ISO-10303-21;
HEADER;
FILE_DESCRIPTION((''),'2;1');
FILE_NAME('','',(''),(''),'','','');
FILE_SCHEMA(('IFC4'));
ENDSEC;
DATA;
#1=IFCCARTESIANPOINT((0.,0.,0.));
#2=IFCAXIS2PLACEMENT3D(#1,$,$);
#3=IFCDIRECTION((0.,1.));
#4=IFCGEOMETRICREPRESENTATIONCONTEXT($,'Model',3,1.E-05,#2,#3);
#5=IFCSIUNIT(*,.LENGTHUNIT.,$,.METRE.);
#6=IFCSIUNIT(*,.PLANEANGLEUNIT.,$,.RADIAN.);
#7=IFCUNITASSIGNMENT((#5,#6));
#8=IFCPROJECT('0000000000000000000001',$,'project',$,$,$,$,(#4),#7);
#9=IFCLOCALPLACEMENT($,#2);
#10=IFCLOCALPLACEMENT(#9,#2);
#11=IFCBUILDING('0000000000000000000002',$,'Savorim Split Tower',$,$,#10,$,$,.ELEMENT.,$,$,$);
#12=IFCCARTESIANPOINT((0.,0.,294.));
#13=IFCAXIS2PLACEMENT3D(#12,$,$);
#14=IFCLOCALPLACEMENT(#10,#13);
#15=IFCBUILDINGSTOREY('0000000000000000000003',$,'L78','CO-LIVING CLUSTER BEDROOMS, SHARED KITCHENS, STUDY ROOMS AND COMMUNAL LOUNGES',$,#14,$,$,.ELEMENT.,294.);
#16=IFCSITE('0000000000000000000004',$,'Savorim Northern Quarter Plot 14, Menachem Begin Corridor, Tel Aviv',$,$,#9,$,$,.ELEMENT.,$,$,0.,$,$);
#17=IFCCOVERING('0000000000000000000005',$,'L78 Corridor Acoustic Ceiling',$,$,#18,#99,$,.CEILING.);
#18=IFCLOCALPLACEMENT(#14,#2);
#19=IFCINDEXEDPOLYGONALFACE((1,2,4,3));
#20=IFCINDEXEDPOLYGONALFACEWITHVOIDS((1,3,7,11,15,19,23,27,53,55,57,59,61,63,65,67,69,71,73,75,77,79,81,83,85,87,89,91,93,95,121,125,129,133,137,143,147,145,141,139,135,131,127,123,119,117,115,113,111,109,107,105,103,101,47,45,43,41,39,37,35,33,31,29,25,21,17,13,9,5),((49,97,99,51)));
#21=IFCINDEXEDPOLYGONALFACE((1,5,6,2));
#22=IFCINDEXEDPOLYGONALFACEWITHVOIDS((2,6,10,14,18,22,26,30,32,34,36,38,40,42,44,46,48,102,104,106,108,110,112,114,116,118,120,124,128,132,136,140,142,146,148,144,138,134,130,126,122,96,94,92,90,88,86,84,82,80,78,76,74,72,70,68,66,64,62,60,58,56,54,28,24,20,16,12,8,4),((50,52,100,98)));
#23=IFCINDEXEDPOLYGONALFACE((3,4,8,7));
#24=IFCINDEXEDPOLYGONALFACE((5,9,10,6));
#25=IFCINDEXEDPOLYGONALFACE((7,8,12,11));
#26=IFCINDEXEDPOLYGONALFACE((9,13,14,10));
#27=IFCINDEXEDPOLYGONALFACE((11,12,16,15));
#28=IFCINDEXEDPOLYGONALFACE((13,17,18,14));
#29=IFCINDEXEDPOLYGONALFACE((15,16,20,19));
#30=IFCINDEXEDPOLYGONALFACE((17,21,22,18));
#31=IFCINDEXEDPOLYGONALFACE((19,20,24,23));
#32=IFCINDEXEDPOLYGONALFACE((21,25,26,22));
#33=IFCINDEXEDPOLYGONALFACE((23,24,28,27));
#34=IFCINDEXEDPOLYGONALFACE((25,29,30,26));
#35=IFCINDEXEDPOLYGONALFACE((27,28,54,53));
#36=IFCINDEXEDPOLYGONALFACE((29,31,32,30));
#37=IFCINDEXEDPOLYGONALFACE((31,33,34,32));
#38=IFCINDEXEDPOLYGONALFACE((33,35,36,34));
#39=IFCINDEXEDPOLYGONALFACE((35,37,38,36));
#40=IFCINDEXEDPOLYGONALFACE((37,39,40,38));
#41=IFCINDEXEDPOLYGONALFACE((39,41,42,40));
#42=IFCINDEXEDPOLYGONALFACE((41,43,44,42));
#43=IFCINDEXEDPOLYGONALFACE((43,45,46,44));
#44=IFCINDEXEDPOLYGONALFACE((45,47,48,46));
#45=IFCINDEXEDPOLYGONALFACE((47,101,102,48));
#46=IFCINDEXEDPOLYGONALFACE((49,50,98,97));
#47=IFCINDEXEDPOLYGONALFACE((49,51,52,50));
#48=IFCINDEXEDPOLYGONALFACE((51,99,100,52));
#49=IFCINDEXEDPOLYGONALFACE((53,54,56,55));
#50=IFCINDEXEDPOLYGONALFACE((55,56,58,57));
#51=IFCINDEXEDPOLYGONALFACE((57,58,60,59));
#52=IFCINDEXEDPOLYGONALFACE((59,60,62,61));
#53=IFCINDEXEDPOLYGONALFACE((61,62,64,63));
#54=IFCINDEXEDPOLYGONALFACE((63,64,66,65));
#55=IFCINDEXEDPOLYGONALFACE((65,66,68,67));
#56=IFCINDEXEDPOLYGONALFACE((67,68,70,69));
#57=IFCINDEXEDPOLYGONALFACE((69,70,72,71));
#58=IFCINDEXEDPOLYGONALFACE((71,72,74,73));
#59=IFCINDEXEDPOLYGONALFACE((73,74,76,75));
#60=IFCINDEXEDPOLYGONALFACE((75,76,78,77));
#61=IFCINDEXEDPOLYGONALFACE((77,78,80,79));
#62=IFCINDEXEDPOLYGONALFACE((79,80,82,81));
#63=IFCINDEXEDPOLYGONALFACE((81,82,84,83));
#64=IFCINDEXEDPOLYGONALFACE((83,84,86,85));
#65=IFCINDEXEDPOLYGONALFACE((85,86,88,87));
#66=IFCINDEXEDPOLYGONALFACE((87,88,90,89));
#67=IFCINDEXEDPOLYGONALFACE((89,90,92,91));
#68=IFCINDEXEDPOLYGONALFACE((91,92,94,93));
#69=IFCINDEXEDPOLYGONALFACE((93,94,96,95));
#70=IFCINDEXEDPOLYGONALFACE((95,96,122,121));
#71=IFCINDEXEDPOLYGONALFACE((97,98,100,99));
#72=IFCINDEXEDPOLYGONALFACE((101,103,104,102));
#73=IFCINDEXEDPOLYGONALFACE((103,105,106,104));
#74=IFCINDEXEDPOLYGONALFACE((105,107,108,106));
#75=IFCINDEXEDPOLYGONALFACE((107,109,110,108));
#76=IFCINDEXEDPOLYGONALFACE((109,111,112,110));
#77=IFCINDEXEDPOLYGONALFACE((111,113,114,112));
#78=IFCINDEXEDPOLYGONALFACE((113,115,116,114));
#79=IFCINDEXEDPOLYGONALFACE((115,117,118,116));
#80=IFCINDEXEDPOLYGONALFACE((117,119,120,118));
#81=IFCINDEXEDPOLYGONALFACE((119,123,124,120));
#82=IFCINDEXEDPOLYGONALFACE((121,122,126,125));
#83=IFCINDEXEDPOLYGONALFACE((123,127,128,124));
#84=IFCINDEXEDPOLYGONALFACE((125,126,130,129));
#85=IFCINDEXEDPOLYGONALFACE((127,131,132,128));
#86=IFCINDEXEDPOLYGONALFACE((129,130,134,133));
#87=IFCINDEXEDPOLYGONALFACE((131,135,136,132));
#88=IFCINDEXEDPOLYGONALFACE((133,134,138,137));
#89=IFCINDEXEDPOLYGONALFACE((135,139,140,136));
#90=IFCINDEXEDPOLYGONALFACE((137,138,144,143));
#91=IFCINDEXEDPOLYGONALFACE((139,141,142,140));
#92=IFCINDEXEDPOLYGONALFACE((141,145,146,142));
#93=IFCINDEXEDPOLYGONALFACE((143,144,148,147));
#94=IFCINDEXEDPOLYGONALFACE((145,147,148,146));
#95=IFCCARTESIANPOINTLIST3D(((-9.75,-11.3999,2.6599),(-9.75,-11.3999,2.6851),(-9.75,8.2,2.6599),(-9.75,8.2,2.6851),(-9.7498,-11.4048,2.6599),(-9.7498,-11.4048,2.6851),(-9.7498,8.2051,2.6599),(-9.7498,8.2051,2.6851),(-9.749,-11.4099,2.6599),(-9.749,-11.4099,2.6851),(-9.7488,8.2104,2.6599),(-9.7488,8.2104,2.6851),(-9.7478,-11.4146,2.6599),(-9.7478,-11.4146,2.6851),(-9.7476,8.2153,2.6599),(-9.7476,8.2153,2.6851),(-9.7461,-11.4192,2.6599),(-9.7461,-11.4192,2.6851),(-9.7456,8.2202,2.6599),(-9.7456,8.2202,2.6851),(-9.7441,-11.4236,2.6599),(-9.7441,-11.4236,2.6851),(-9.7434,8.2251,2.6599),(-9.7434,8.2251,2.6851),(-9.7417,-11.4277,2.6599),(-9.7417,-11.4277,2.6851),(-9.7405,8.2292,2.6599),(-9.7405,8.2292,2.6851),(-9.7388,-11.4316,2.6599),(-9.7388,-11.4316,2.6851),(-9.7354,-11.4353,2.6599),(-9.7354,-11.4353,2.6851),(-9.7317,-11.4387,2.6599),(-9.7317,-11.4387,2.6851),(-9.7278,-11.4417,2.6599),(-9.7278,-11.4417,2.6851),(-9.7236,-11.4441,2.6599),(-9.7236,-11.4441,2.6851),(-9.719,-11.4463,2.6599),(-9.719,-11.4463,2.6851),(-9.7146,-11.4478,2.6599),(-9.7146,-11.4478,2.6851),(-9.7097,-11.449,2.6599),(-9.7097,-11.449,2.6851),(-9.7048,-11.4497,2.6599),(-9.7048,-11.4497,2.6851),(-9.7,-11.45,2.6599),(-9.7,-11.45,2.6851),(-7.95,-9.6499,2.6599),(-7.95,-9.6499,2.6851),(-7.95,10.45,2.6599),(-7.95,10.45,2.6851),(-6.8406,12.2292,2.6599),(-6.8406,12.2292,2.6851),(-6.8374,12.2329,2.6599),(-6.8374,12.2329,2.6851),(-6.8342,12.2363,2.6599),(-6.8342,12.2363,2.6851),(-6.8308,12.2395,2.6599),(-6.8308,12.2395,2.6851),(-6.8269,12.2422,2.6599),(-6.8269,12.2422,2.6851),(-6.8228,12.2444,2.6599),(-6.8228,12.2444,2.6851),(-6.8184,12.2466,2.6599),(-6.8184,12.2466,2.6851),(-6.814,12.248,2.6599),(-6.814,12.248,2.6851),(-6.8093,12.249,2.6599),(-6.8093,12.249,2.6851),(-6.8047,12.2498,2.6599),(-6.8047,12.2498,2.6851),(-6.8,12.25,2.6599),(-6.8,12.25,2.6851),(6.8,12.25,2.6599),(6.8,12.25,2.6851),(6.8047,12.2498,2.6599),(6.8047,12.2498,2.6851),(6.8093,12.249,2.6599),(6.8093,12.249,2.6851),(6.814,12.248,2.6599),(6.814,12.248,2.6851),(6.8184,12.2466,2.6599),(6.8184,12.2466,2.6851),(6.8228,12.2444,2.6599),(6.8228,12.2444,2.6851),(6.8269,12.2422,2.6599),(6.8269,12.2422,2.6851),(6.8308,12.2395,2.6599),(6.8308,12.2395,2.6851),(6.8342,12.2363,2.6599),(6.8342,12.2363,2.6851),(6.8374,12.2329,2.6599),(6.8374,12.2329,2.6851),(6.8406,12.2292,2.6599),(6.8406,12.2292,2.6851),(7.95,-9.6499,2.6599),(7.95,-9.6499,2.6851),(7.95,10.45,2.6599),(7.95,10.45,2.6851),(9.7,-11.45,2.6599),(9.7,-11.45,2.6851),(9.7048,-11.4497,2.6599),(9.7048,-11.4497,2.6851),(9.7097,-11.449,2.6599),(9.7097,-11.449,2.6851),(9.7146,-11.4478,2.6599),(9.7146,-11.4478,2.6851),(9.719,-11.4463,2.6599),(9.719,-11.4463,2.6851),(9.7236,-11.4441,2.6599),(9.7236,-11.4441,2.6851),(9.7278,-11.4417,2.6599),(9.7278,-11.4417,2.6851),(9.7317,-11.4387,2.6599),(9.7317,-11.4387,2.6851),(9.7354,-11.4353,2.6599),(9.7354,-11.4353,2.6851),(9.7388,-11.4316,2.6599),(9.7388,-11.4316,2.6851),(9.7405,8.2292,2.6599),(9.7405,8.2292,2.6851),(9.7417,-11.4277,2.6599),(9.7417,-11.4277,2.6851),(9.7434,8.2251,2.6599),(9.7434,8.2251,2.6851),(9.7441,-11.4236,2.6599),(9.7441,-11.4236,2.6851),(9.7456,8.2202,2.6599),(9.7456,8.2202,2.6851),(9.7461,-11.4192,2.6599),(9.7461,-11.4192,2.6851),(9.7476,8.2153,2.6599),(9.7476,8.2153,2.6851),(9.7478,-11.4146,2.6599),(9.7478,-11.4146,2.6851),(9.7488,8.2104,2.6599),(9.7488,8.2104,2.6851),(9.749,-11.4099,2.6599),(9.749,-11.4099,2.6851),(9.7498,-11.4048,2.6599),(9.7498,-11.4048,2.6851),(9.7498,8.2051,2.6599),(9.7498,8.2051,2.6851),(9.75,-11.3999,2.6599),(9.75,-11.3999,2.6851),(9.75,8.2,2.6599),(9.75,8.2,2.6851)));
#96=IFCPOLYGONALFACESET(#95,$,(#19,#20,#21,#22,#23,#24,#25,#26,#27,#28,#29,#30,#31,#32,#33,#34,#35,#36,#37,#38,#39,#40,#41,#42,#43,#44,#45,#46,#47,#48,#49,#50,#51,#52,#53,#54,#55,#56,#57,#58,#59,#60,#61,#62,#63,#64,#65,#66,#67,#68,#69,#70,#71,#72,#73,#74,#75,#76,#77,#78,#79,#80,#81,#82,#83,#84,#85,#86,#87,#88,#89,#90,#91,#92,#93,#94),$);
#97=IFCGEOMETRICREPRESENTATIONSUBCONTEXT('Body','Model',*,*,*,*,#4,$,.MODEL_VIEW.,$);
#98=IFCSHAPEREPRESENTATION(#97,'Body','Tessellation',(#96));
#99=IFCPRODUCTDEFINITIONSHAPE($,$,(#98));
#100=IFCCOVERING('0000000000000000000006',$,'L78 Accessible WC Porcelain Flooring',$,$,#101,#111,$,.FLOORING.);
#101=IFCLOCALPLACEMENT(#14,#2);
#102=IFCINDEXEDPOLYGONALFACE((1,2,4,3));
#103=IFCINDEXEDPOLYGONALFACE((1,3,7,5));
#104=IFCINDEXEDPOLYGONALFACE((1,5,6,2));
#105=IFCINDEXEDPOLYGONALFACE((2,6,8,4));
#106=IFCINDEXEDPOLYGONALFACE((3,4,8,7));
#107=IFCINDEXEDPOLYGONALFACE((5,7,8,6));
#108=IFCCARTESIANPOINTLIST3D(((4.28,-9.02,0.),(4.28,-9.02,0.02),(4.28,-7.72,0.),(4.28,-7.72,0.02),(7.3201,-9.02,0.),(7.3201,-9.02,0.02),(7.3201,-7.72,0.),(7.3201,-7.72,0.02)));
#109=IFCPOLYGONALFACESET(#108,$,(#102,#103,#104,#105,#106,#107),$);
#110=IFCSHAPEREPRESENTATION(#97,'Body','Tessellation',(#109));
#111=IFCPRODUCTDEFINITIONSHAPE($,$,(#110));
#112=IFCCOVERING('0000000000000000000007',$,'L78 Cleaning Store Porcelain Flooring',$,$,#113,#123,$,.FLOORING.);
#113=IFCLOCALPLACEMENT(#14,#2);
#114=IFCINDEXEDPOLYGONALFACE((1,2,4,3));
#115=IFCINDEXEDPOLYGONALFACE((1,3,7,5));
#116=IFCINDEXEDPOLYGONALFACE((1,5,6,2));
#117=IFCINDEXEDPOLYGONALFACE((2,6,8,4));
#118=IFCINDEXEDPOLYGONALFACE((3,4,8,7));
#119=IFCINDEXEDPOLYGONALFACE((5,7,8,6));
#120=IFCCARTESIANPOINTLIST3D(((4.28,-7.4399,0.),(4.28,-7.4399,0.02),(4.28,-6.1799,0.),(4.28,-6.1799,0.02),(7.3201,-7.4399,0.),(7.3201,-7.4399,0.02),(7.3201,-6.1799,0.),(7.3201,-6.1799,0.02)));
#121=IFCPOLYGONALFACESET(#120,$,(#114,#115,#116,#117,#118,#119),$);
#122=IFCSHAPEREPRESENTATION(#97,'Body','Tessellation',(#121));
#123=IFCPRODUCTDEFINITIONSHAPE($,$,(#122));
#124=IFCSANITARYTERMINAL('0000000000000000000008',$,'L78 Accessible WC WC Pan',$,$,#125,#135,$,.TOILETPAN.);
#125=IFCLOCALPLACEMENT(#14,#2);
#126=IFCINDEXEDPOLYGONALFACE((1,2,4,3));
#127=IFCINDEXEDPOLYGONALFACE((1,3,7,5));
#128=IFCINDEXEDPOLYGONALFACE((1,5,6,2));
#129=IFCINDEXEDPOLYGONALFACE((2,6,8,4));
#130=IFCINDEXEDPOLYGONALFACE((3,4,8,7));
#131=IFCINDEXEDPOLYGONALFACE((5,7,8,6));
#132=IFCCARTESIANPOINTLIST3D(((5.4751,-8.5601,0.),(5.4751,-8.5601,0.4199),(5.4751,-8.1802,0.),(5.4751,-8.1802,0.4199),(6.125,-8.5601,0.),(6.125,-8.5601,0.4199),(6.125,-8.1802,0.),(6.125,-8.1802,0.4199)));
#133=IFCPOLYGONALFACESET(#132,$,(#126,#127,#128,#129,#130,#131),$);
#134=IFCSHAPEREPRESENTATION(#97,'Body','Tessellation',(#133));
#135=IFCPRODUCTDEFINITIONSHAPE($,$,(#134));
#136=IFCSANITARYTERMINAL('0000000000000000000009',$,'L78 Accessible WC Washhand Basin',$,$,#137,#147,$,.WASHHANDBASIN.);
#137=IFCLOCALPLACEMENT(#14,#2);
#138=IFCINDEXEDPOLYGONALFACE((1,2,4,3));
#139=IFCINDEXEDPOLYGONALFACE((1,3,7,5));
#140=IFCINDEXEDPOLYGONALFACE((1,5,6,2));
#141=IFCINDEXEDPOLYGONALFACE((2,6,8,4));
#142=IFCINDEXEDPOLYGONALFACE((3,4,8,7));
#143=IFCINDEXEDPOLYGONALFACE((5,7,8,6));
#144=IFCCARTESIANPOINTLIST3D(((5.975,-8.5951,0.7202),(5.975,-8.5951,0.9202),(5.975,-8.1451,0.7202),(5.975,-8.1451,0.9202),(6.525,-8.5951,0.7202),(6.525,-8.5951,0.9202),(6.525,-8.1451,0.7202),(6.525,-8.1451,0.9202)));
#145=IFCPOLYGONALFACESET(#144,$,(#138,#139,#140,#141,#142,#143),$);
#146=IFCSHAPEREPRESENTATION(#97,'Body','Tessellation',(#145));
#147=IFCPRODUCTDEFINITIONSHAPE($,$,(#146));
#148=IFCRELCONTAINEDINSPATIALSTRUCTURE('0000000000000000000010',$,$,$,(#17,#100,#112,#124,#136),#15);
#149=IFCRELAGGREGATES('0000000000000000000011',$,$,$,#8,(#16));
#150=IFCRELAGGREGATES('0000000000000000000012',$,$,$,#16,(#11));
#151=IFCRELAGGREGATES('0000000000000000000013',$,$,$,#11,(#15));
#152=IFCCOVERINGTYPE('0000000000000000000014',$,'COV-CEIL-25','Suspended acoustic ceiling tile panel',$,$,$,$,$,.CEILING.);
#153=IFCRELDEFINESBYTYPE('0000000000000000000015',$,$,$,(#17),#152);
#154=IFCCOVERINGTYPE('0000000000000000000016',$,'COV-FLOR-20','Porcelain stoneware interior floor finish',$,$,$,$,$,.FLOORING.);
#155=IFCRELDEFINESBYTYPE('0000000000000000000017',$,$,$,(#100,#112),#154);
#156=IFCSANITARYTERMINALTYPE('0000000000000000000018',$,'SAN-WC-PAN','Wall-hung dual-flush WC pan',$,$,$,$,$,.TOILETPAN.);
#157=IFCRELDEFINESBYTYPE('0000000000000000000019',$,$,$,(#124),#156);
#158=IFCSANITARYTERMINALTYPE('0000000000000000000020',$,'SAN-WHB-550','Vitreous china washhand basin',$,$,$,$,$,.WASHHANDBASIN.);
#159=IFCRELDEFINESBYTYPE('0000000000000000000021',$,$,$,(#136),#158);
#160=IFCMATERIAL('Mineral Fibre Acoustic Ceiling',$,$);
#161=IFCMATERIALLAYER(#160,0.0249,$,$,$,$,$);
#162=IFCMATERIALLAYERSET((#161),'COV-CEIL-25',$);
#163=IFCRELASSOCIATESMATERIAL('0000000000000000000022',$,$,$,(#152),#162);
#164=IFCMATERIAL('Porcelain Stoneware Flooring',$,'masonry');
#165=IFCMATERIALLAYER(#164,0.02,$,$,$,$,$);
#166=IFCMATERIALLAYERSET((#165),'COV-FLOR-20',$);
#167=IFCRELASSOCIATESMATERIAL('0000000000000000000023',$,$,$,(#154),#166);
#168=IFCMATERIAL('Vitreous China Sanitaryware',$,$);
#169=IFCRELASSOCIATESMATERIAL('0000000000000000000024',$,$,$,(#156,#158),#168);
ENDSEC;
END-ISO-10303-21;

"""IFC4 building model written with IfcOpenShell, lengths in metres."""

from ifc_helpers import new_model, si_unit, direction, frame, origin, origin_2d, place, context, subcontext, project, spatial, polyline, rectangle, outline, extrude, material, layer, layer_set, type_object, element, save


model = new_model("IFC4")

# Units and contexts
model_context = context("Model", 3, precision=1e-05, world=origin(), true_north=direction((0.0, 1.0)))
body_context = subcontext(model_context, "Body", "Model", "MODEL_VIEW")
ifc_project = project(units=[si_unit("LENGTHUNIT", "METRE"), si_unit("PLANEANGLEUNIT", "RADIAN")], contexts=[model_context])

# Site, building, storey
site_placement = place(None, origin())
site = spatial("IfcSite", under=ifc_project, at=site_placement, Name="Savorim Northern Quarter Plot 14, Menachem Begin Corridor, Tel Aviv", CompositionType="ELEMENT", RefElevation=0.0)
building_placement = place(site_placement, origin())
building = spatial("IfcBuilding", under=site, at=building_placement, Name="Savorim Split Tower", CompositionType="ELEMENT")
storey_placement = place(building_placement, frame((0.0, 0.0, 294.0)))
storey = spatial("IfcBuildingStorey", under=building, at=storey_placement, Name="L78", Description="CO-LIVING CLUSTER BEDROOMS, SHARED KITCHENS, STUDY ROOMS AND COMMUNAL LOUNGES", CompositionType="ELEMENT", Elevation=294.0)

# Coverings
ifc_material_1 = material(Name="Mineral Fibre Acoustic Ceiling")
ifc_layer_1 = layer(ifc_material_1, 0.0249)
ifc_layer_set_1 = layer_set([ifc_layer_1], Name="COV-CEIL-25")
covering_type_1 = type_object("IfcCoveringType", Name="COV-CEIL-25", Description="Suspended acoustic ceiling tile panel", PredefinedType="CEILING", material=ifc_layer_set_1)
covering_1_placement = place(storey_placement, frame((0.0, 0.0, 2.6599)))
element("IfcCovering", 1, at=covering_1_placement, inside=storey, type_object=covering_type_1, Name="L78 Corridor Acoustic Ceiling", PredefinedType="CEILING", context=body_context, shape_type="SweptSolid", body=[
    extrude(outline(polyline([(6.8093, 12.249), (6.8047, 12.2498), (6.8, 12.25), (-6.8, 12.25), (-6.8047, 12.2498), (-6.8093, 12.249), (-6.814, 12.248), (-6.8184, 12.2466), (-6.8228, 12.2444), (-6.8269, 12.2422), (-6.8308, 12.2395), (-6.8342, 12.2363), (-6.8374, 12.2329), (-6.8406, 12.2292), (-9.7405, 8.2292), (-9.7434, 8.2251), (-9.7456, 8.2202), (-9.7476, 8.2153), (-9.7488, 8.2104), (-9.7498, 8.2051), (-9.75, 8.2), (-9.75, -11.3999), (-9.7498, -11.4048), (-9.749, -11.4099), (-9.7478, -11.4146), (-9.7461, -11.4192), (-9.7441, -11.4236), (-9.7417, -11.4277), (-9.7388, -11.4316), (-9.7354, -11.4353), (-9.7317, -11.4387), (-9.7278, -11.4417), (-9.7236, -11.4441), (-9.719, -11.4463), (-9.7146, -11.4478), (-9.7097, -11.449), (-9.7048, -11.4497), (-9.7, -11.45), (9.7, -11.45), (9.7048, -11.4497), (9.7097, -11.449), (9.7146, -11.4478), (9.719, -11.4463), (9.7236, -11.4441), (9.7278, -11.4417), (9.7317, -11.4387), (9.7354, -11.4353), (9.7388, -11.4316), (9.7417, -11.4277), (9.7441, -11.4236), (9.7461, -11.4192), (9.7478, -11.4146), (9.749, -11.4099), (9.7498, -11.4048), (9.75, -11.3999), (9.75, 8.2), (9.7498, 8.2051), (9.7488, 8.2104), (9.7476, 8.2153), (9.7456, 8.2202), (9.7434, 8.2251), (9.7405, 8.2292), (6.8406, 12.2292), (6.8374, 12.2329), (6.8342, 12.2363), (6.8308, 12.2395), (6.8269, 12.2422), (6.8228, 12.2444), (6.8184, 12.2466), (6.814, 12.248), (6.8093, 12.249)]), holes=[polyline([(-7.95, 10.45), (-7.95, -9.6499), (7.95, -9.6499), (7.95, 10.45), (-7.95, 10.45)])]), origin(), (0.0, 0.0, 1.0), 0.0251),
])
ifc_material_2 = material(Name="Porcelain Stoneware Flooring", Category="masonry")
ifc_layer_2 = layer(ifc_material_2, 0.02)
ifc_layer_set_2 = layer_set([ifc_layer_2], Name="COV-FLOR-20")
covering_type_2 = type_object("IfcCoveringType", Name="COV-FLOR-20", Description="Porcelain stoneware interior floor finish", PredefinedType="FLOORING", material=ifc_layer_set_2)
covering_2_placement = place(storey_placement, origin())
element("IfcCovering", 2, at=covering_2_placement, inside=storey, type_object=covering_type_2, Name="L78 Accessible WC Porcelain Flooring", PredefinedType="FLOORING", context=body_context, shape_type="SweptSolid", body=[
    extrude(outline(polyline([(4.28, -7.72), (4.28, -9.02), (7.3201, -9.02), (7.3201, -7.72), (4.28, -7.72)])), origin(), (0.0, 0.0, 1.0), 0.02),
])
covering_3_placement = place(storey_placement, origin())
element("IfcCovering", 3, at=covering_3_placement, inside=storey, type_object=covering_type_2, Name="L78 Cleaning Store Porcelain Flooring", PredefinedType="FLOORING", context=body_context, shape_type="SweptSolid", body=[
    extrude(outline(polyline([(4.28, -6.1799), (4.28, -7.4399), (7.3201, -7.4399), (7.3201, -6.1799), (4.28, -6.1799)])), origin(), (0.0, 0.0, 1.0), 0.02),
])

# Sanitary terminals
ifc_material_3 = material(Name="Vitreous China Sanitaryware")
sanitary_terminal_type_1 = type_object("IfcSanitaryTerminalType", Name="SAN-WC-PAN", Description="Wall-hung dual-flush WC pan", PredefinedType="TOILETPAN", material=ifc_material_3)
sanitary_terminal_1_placement = place(storey_placement, frame((5.8, -8.3701, 0.0), z_axis=(0.0, 0.0, 1.0), x_axis=(1.0, 0.0, 0.0)))
element("IfcSanitaryTerminal", 4, at=sanitary_terminal_1_placement, inside=storey, type_object=sanitary_terminal_type_1, Name="L78 Accessible WC WC Pan", PredefinedType="TOILETPAN", context=body_context, shape_type="SweptSolid", body=[
    extrude(rectangle(XDim=0.6499, YDim=0.3799, at=origin_2d()), origin(), (0.0, 0.0, 1.0), 0.4199),
])
sanitary_terminal_type_2 = type_object("IfcSanitaryTerminalType", Name="SAN-WHB-550", Description="Vitreous china washhand basin", PredefinedType="WASHHANDBASIN", material=ifc_material_3)
sanitary_terminal_2_placement = place(storey_placement, frame((6.25, -8.3701, 0.7202), z_axis=(0.0, 0.0, 1.0), x_axis=(1.0, 0.0, 0.0)))
element("IfcSanitaryTerminal", 5, at=sanitary_terminal_2_placement, inside=storey, type_object=sanitary_terminal_type_2, Name="L78 Accessible WC Washhand Basin", PredefinedType="WASHHANDBASIN", context=body_context, shape_type="SweptSolid", body=[
    extrude(rectangle(XDim=0.55, YDim=0.45, at=origin_2d()), origin(), (0.0, 0.0, 1.0), 0.2),
])

save(model, "model.ifc")
